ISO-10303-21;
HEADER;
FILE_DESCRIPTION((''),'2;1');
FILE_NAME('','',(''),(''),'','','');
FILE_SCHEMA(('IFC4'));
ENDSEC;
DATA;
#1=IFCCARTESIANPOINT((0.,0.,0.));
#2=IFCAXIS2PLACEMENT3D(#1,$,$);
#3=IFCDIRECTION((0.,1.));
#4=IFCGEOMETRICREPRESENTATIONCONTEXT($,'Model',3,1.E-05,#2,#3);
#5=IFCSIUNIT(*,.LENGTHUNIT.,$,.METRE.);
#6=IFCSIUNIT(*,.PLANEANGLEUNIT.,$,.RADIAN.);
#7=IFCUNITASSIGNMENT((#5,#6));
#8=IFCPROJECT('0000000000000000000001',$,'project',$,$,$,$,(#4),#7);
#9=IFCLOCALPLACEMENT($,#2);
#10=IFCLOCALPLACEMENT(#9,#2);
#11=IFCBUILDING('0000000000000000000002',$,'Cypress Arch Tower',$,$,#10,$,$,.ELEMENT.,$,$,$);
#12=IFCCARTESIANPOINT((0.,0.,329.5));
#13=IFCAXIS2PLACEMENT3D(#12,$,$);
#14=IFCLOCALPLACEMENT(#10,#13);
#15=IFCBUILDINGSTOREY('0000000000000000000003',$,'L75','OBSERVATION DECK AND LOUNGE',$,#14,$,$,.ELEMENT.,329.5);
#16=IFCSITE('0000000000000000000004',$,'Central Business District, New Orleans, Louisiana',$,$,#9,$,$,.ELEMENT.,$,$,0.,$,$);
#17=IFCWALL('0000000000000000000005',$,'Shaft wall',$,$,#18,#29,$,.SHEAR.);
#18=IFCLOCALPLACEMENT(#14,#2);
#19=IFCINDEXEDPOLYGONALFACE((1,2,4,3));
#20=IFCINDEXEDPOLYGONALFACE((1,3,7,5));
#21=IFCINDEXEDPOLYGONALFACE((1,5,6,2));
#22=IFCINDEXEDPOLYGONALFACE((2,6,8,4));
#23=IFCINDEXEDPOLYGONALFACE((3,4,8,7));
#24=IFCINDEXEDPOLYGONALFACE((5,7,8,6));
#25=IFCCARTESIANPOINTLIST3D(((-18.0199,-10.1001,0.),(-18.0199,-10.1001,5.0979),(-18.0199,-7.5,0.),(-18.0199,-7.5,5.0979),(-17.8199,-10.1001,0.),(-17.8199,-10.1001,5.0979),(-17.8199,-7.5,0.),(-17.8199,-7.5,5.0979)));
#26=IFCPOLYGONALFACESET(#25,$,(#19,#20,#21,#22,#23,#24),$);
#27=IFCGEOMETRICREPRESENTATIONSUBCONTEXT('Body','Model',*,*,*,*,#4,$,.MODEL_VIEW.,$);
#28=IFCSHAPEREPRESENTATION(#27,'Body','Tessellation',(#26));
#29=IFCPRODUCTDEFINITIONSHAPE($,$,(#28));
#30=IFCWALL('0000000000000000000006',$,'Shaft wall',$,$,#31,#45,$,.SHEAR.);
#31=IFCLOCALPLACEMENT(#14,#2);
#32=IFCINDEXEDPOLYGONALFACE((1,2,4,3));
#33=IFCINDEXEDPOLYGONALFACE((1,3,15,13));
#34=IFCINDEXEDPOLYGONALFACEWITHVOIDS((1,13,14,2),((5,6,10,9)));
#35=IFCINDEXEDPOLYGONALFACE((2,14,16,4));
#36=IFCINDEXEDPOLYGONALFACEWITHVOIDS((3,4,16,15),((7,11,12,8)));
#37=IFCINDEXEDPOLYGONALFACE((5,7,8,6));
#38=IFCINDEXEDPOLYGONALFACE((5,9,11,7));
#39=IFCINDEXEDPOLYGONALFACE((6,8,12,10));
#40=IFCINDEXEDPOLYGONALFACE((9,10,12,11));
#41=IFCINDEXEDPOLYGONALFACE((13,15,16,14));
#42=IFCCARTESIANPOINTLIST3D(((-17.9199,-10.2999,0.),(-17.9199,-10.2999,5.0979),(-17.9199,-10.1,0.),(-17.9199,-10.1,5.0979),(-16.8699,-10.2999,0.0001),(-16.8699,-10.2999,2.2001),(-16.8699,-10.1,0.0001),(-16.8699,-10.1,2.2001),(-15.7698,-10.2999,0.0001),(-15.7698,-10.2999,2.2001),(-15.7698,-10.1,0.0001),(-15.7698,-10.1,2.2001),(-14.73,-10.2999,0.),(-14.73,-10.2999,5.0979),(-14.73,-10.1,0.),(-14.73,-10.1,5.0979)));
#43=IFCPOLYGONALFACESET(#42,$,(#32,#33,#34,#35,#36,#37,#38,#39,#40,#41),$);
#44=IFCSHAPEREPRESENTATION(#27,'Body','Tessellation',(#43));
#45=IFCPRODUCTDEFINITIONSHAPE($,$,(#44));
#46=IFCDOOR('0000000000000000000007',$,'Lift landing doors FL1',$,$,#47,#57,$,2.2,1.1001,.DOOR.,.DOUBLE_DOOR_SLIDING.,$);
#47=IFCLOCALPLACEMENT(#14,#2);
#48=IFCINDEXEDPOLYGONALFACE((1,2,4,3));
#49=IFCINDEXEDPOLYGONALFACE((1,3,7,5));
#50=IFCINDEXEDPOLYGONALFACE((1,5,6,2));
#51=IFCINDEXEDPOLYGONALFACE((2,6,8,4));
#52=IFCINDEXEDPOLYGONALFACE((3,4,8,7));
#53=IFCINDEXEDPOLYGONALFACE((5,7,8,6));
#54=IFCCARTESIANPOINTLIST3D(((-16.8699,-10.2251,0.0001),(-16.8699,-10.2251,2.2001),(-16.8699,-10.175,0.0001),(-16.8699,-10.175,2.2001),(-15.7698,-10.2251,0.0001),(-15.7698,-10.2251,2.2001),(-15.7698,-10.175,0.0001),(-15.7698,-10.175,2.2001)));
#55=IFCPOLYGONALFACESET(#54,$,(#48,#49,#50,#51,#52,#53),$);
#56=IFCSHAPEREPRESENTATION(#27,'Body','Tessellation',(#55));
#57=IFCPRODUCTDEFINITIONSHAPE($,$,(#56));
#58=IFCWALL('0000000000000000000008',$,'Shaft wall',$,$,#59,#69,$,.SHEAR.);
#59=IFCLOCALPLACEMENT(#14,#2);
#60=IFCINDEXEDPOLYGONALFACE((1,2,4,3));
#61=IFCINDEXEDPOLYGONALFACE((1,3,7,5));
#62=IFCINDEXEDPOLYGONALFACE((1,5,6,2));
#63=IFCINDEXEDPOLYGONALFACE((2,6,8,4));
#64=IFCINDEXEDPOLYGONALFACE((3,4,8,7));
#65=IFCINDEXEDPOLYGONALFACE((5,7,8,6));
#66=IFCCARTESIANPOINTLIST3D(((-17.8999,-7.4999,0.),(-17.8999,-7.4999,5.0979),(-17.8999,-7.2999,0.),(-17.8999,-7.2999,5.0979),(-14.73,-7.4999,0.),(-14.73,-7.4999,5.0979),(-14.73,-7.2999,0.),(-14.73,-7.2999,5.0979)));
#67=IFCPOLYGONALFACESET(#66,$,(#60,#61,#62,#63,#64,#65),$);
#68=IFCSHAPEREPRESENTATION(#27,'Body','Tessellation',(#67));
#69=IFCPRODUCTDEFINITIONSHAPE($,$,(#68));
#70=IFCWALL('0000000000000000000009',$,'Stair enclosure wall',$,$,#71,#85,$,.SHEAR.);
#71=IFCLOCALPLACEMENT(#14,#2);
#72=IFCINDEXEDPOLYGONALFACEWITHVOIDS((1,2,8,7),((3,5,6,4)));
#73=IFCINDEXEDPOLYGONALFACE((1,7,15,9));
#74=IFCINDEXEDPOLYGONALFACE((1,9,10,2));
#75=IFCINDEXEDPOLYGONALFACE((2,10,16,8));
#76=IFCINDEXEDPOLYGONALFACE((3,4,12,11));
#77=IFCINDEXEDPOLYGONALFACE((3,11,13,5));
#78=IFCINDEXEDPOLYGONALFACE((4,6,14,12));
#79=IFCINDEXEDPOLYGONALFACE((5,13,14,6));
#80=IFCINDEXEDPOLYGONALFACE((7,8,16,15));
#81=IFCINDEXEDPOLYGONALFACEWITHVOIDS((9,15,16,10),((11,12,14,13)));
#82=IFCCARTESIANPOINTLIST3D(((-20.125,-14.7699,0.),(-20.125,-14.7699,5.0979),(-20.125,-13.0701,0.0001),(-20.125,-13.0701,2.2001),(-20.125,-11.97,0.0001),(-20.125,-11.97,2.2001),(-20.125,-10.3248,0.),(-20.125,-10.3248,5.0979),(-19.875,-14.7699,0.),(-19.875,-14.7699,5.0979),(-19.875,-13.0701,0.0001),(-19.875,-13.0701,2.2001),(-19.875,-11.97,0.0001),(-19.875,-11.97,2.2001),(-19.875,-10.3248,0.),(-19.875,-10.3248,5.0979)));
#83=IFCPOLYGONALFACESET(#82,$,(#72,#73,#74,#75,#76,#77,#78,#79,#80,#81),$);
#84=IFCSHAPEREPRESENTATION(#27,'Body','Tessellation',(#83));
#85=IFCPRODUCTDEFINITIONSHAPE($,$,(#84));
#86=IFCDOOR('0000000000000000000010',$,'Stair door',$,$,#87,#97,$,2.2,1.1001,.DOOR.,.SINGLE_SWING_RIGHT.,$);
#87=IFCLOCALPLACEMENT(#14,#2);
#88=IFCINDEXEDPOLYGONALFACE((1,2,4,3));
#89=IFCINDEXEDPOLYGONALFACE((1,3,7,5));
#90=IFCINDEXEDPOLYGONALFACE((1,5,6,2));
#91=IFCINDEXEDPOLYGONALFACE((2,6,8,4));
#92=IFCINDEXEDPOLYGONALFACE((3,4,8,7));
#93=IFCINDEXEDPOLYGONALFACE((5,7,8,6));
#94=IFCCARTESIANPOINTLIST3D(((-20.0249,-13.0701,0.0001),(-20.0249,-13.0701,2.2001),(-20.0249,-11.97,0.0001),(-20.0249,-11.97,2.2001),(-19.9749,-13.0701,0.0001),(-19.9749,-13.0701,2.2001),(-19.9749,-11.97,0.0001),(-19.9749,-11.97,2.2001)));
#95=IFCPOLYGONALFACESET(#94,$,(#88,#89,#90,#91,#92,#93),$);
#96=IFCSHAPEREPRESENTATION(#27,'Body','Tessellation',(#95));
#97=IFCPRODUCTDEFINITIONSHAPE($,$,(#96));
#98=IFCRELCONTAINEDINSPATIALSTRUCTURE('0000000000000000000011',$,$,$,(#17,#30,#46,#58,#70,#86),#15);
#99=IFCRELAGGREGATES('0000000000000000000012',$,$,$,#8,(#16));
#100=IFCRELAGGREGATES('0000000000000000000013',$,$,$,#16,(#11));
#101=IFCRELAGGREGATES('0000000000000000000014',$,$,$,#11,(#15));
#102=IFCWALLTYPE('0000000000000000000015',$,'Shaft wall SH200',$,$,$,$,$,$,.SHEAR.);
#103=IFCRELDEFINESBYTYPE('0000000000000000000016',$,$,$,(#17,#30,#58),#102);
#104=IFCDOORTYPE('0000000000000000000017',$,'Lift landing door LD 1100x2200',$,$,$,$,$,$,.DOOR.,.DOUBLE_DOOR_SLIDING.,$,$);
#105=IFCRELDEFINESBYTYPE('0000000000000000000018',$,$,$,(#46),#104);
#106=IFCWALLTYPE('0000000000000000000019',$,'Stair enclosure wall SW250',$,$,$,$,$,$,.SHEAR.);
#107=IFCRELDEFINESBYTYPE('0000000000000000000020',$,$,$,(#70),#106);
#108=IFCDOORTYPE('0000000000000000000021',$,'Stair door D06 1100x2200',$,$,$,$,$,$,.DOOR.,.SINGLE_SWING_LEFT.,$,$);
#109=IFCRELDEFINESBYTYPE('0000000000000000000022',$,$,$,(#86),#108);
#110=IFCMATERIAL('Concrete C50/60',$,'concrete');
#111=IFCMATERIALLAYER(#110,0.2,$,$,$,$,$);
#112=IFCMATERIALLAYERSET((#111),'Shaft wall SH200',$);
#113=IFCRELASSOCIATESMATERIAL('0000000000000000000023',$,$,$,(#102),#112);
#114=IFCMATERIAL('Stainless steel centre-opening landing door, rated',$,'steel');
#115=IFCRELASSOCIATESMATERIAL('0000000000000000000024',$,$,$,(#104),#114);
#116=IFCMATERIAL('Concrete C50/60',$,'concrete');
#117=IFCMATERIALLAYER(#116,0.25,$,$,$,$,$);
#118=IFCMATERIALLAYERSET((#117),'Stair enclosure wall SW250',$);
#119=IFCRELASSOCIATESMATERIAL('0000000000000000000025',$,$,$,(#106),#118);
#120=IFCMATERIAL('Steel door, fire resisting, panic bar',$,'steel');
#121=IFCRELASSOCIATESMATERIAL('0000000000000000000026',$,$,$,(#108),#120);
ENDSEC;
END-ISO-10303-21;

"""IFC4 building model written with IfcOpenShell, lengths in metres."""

from ifc_helpers import new_model, si_unit, direction, frame, frame_2d, origin, place, context, subcontext, project, spatial, rectangle, extrude, material, layer, layer_set, type_object, element, fill, save


model = new_model("IFC4")

# Units and contexts
model_context = context("Model", 3, precision=1e-05, world=origin(), true_north=direction((0.0, 1.0)))
body_context = subcontext(model_context, "Body", "Model", "MODEL_VIEW")
ifc_project = project(units=[si_unit("LENGTHUNIT", "METRE"), si_unit("PLANEANGLEUNIT", "RADIAN")], contexts=[model_context])

# Site, building, storey
site_placement = place(None, origin())
site = spatial("IfcSite", under=ifc_project, at=site_placement, Name="Central Business District, New Orleans, Louisiana", CompositionType="ELEMENT", RefElevation=0.0)
building_placement = place(site_placement, origin())
building = spatial("IfcBuilding", under=site, at=building_placement, Name="Cypress Arch Tower", CompositionType="ELEMENT")
storey_placement = place(building_placement, frame((0.0, 0.0, 329.5)))
storey = spatial("IfcBuildingStorey", under=building, at=storey_placement, Name="L75", Description="OBSERVATION DECK AND LOUNGE", CompositionType="ELEMENT", Elevation=329.5)

# Wall
ifc_material_1 = material(Name="Concrete C50/60", Category="concrete")
ifc_layer_1 = layer(ifc_material_1, 0.2)
ifc_layer_set_1 = layer_set([ifc_layer_1], Name="Shaft wall SH200")
wall_type_1 = type_object("IfcWallType", Name="Shaft wall SH200", PredefinedType="SHEAR", material=ifc_layer_set_1)
wall_1_placement = place(storey_placement, frame((-17.9199, -10.1001, 0.0), z_axis=(0.0, 0.0, 1.0), x_axis=(0.0, 1.0, 0.0)))
element("IfcWall", 1, at=wall_1_placement, inside=storey, type_object=wall_type_1, Name="Shaft wall", PredefinedType="SHEAR", context=body_context, shape_type="SweptSolid", body=[
    extrude(rectangle(XDim=2.6001, YDim=0.2, at=frame_2d((1.3, 0.0))), origin(), (0.0, 0.0, 1.0), 5.0979),
])

# Wall, opening, door
wall_2_placement = place(storey_placement, frame((-17.9199, -10.2, 0.0), z_axis=(0.0, 0.0, 1.0), x_axis=(1.0, 0.0, 0.0)))
wall_2 = element("IfcWall", 2, at=wall_2_placement, inside=storey, type_object=wall_type_1, Name="Shaft wall", PredefinedType="SHEAR", context=body_context, shape_type="SweptSolid", body=[
    extrude(rectangle(XDim=3.1899, YDim=0.2, at=frame_2d((1.595, 0.0))), origin(), (0.0, 0.0, 1.0), 5.0979),
])
opening_1_placement = place(wall_2_placement, frame((1.05, 0.0, 0.0)))
opening_1 = element("IfcOpeningElement", 3, at=opening_1_placement, cuts=wall_2, PredefinedType="OPENING", context=body_context, shape_type="SweptSolid", body=[
    extrude(rectangle(XDim=1.1001, YDim=2.2, at=frame_2d((0.55, 1.1001))), frame((0.0, 0.1099, 0.0), z_axis=(0.0, -1.0, 0.0), x_axis=(1.0, 0.0, 0.0)), (0.0, 0.0, 1.0), 0.22),
])
ifc_material_2 = material(Name="Stainless steel centre-opening landing door, rated", Category="steel")
door_type_1 = type_object("IfcDoorType", Name="Lift landing door LD 1100x2200", OperationType="DOUBLE_DOOR_SLIDING", PredefinedType="DOOR", material=ifc_material_2)
door_1_placement = place(opening_1_placement, origin())
door_1 = element("IfcDoor", 4, at=door_1_placement, inside=storey, type_object=door_type_1, Name="Lift landing doors FL1", OperationType="DOUBLE_DOOR_SLIDING", OverallHeight=2.2, OverallWidth=1.1001, PredefinedType="DOOR", context=body_context, shape_type="SweptSolid", body=[
    extrude(rectangle(XDim=1.1001, YDim=2.2, at=frame_2d((0.55, 1.1001))), frame((0.0, 0.0249, 0.0), z_axis=(0.0, -1.0, 0.0), x_axis=(1.0, 0.0, 0.0)), (0.0, 0.0, 1.0), 0.05),
])
fill(opening_1, door_1)

# Wall
wall_3_placement = place(storey_placement, frame((-17.8999, -7.3999, 0.0), z_axis=(0.0, 0.0, 1.0), x_axis=(1.0, 0.0, 0.0)))
element("IfcWall", 5, at=wall_3_placement, inside=storey, type_object=wall_type_1, Name="Shaft wall", PredefinedType="SHEAR", context=body_context, shape_type="SweptSolid", body=[
    extrude(rectangle(XDim=3.1699, YDim=0.2, at=frame_2d((1.585, 0.0))), origin(), (0.0, 0.0, 1.0), 5.0979),
])

# Wall, opening, door
ifc_material_3 = material(Name="Concrete C50/60", Category="concrete")
ifc_layer_2 = layer(ifc_material_3, 0.25)
ifc_layer_set_2 = layer_set([ifc_layer_2], Name="Stair enclosure wall SW250")
wall_type_2 = type_object("IfcWallType", Name="Stair enclosure wall SW250", PredefinedType="SHEAR", material=ifc_layer_set_2)
wall_4_placement = place(storey_placement, frame((-20.0, -14.77, 0.0), z_axis=(0.0, 0.0, 1.0), x_axis=(0.0, 1.0, 0.0)))
wall_4 = element("IfcWall", 6, at=wall_4_placement, inside=storey, type_object=wall_type_2, Name="Stair enclosure wall", PredefinedType="SHEAR", context=body_context, shape_type="SweptSolid", body=[
    extrude(rectangle(XDim=4.4451, YDim=0.25, at=frame_2d((2.2227, 0.0))), origin(), (0.0, 0.0, 1.0), 5.0979),
])
opening_2_placement = place(wall_4_placement, frame((1.7, 0.0, 0.0)))
opening_2 = element("IfcOpeningElement", 7, at=opening_2_placement, cuts=wall_4, PredefinedType="OPENING", context=body_context, shape_type="SweptSolid", body=[
    extrude(rectangle(XDim=1.1001, YDim=2.2, at=frame_2d((0.55, 1.1001))), frame((0.0, 0.135, 0.0), z_axis=(0.0, -1.0, 0.0), x_axis=(1.0, 0.0, 0.0)), (0.0, 0.0, 1.0), 0.27),
])
ifc_material_4 = material(Name="Steel door, fire resisting, panic bar", Category="steel")
door_type_2 = type_object("IfcDoorType", Name="Stair door D06 1100x2200", OperationType="SINGLE_SWING_LEFT", PredefinedType="DOOR", material=ifc_material_4)
door_2_placement = place(opening_2_placement, origin())
door_2 = element("IfcDoor", 8, at=door_2_placement, inside=storey, type_object=door_type_2, Name="Stair door", OperationType="SINGLE_SWING_RIGHT", OverallHeight=2.2, OverallWidth=1.1001, PredefinedType="DOOR", context=body_context, shape_type="SweptSolid", body=[
    extrude(rectangle(XDim=1.1001, YDim=2.2, at=frame_2d((0.55, 1.1001))), frame((0.0, 0.0249, 0.0), z_axis=(0.0, -1.0, 0.0), x_axis=(1.0, 0.0, 0.0)), (0.0, 0.0, 1.0), 0.05),
])
fill(opening_2, door_2)

save(model, "model.ifc")
